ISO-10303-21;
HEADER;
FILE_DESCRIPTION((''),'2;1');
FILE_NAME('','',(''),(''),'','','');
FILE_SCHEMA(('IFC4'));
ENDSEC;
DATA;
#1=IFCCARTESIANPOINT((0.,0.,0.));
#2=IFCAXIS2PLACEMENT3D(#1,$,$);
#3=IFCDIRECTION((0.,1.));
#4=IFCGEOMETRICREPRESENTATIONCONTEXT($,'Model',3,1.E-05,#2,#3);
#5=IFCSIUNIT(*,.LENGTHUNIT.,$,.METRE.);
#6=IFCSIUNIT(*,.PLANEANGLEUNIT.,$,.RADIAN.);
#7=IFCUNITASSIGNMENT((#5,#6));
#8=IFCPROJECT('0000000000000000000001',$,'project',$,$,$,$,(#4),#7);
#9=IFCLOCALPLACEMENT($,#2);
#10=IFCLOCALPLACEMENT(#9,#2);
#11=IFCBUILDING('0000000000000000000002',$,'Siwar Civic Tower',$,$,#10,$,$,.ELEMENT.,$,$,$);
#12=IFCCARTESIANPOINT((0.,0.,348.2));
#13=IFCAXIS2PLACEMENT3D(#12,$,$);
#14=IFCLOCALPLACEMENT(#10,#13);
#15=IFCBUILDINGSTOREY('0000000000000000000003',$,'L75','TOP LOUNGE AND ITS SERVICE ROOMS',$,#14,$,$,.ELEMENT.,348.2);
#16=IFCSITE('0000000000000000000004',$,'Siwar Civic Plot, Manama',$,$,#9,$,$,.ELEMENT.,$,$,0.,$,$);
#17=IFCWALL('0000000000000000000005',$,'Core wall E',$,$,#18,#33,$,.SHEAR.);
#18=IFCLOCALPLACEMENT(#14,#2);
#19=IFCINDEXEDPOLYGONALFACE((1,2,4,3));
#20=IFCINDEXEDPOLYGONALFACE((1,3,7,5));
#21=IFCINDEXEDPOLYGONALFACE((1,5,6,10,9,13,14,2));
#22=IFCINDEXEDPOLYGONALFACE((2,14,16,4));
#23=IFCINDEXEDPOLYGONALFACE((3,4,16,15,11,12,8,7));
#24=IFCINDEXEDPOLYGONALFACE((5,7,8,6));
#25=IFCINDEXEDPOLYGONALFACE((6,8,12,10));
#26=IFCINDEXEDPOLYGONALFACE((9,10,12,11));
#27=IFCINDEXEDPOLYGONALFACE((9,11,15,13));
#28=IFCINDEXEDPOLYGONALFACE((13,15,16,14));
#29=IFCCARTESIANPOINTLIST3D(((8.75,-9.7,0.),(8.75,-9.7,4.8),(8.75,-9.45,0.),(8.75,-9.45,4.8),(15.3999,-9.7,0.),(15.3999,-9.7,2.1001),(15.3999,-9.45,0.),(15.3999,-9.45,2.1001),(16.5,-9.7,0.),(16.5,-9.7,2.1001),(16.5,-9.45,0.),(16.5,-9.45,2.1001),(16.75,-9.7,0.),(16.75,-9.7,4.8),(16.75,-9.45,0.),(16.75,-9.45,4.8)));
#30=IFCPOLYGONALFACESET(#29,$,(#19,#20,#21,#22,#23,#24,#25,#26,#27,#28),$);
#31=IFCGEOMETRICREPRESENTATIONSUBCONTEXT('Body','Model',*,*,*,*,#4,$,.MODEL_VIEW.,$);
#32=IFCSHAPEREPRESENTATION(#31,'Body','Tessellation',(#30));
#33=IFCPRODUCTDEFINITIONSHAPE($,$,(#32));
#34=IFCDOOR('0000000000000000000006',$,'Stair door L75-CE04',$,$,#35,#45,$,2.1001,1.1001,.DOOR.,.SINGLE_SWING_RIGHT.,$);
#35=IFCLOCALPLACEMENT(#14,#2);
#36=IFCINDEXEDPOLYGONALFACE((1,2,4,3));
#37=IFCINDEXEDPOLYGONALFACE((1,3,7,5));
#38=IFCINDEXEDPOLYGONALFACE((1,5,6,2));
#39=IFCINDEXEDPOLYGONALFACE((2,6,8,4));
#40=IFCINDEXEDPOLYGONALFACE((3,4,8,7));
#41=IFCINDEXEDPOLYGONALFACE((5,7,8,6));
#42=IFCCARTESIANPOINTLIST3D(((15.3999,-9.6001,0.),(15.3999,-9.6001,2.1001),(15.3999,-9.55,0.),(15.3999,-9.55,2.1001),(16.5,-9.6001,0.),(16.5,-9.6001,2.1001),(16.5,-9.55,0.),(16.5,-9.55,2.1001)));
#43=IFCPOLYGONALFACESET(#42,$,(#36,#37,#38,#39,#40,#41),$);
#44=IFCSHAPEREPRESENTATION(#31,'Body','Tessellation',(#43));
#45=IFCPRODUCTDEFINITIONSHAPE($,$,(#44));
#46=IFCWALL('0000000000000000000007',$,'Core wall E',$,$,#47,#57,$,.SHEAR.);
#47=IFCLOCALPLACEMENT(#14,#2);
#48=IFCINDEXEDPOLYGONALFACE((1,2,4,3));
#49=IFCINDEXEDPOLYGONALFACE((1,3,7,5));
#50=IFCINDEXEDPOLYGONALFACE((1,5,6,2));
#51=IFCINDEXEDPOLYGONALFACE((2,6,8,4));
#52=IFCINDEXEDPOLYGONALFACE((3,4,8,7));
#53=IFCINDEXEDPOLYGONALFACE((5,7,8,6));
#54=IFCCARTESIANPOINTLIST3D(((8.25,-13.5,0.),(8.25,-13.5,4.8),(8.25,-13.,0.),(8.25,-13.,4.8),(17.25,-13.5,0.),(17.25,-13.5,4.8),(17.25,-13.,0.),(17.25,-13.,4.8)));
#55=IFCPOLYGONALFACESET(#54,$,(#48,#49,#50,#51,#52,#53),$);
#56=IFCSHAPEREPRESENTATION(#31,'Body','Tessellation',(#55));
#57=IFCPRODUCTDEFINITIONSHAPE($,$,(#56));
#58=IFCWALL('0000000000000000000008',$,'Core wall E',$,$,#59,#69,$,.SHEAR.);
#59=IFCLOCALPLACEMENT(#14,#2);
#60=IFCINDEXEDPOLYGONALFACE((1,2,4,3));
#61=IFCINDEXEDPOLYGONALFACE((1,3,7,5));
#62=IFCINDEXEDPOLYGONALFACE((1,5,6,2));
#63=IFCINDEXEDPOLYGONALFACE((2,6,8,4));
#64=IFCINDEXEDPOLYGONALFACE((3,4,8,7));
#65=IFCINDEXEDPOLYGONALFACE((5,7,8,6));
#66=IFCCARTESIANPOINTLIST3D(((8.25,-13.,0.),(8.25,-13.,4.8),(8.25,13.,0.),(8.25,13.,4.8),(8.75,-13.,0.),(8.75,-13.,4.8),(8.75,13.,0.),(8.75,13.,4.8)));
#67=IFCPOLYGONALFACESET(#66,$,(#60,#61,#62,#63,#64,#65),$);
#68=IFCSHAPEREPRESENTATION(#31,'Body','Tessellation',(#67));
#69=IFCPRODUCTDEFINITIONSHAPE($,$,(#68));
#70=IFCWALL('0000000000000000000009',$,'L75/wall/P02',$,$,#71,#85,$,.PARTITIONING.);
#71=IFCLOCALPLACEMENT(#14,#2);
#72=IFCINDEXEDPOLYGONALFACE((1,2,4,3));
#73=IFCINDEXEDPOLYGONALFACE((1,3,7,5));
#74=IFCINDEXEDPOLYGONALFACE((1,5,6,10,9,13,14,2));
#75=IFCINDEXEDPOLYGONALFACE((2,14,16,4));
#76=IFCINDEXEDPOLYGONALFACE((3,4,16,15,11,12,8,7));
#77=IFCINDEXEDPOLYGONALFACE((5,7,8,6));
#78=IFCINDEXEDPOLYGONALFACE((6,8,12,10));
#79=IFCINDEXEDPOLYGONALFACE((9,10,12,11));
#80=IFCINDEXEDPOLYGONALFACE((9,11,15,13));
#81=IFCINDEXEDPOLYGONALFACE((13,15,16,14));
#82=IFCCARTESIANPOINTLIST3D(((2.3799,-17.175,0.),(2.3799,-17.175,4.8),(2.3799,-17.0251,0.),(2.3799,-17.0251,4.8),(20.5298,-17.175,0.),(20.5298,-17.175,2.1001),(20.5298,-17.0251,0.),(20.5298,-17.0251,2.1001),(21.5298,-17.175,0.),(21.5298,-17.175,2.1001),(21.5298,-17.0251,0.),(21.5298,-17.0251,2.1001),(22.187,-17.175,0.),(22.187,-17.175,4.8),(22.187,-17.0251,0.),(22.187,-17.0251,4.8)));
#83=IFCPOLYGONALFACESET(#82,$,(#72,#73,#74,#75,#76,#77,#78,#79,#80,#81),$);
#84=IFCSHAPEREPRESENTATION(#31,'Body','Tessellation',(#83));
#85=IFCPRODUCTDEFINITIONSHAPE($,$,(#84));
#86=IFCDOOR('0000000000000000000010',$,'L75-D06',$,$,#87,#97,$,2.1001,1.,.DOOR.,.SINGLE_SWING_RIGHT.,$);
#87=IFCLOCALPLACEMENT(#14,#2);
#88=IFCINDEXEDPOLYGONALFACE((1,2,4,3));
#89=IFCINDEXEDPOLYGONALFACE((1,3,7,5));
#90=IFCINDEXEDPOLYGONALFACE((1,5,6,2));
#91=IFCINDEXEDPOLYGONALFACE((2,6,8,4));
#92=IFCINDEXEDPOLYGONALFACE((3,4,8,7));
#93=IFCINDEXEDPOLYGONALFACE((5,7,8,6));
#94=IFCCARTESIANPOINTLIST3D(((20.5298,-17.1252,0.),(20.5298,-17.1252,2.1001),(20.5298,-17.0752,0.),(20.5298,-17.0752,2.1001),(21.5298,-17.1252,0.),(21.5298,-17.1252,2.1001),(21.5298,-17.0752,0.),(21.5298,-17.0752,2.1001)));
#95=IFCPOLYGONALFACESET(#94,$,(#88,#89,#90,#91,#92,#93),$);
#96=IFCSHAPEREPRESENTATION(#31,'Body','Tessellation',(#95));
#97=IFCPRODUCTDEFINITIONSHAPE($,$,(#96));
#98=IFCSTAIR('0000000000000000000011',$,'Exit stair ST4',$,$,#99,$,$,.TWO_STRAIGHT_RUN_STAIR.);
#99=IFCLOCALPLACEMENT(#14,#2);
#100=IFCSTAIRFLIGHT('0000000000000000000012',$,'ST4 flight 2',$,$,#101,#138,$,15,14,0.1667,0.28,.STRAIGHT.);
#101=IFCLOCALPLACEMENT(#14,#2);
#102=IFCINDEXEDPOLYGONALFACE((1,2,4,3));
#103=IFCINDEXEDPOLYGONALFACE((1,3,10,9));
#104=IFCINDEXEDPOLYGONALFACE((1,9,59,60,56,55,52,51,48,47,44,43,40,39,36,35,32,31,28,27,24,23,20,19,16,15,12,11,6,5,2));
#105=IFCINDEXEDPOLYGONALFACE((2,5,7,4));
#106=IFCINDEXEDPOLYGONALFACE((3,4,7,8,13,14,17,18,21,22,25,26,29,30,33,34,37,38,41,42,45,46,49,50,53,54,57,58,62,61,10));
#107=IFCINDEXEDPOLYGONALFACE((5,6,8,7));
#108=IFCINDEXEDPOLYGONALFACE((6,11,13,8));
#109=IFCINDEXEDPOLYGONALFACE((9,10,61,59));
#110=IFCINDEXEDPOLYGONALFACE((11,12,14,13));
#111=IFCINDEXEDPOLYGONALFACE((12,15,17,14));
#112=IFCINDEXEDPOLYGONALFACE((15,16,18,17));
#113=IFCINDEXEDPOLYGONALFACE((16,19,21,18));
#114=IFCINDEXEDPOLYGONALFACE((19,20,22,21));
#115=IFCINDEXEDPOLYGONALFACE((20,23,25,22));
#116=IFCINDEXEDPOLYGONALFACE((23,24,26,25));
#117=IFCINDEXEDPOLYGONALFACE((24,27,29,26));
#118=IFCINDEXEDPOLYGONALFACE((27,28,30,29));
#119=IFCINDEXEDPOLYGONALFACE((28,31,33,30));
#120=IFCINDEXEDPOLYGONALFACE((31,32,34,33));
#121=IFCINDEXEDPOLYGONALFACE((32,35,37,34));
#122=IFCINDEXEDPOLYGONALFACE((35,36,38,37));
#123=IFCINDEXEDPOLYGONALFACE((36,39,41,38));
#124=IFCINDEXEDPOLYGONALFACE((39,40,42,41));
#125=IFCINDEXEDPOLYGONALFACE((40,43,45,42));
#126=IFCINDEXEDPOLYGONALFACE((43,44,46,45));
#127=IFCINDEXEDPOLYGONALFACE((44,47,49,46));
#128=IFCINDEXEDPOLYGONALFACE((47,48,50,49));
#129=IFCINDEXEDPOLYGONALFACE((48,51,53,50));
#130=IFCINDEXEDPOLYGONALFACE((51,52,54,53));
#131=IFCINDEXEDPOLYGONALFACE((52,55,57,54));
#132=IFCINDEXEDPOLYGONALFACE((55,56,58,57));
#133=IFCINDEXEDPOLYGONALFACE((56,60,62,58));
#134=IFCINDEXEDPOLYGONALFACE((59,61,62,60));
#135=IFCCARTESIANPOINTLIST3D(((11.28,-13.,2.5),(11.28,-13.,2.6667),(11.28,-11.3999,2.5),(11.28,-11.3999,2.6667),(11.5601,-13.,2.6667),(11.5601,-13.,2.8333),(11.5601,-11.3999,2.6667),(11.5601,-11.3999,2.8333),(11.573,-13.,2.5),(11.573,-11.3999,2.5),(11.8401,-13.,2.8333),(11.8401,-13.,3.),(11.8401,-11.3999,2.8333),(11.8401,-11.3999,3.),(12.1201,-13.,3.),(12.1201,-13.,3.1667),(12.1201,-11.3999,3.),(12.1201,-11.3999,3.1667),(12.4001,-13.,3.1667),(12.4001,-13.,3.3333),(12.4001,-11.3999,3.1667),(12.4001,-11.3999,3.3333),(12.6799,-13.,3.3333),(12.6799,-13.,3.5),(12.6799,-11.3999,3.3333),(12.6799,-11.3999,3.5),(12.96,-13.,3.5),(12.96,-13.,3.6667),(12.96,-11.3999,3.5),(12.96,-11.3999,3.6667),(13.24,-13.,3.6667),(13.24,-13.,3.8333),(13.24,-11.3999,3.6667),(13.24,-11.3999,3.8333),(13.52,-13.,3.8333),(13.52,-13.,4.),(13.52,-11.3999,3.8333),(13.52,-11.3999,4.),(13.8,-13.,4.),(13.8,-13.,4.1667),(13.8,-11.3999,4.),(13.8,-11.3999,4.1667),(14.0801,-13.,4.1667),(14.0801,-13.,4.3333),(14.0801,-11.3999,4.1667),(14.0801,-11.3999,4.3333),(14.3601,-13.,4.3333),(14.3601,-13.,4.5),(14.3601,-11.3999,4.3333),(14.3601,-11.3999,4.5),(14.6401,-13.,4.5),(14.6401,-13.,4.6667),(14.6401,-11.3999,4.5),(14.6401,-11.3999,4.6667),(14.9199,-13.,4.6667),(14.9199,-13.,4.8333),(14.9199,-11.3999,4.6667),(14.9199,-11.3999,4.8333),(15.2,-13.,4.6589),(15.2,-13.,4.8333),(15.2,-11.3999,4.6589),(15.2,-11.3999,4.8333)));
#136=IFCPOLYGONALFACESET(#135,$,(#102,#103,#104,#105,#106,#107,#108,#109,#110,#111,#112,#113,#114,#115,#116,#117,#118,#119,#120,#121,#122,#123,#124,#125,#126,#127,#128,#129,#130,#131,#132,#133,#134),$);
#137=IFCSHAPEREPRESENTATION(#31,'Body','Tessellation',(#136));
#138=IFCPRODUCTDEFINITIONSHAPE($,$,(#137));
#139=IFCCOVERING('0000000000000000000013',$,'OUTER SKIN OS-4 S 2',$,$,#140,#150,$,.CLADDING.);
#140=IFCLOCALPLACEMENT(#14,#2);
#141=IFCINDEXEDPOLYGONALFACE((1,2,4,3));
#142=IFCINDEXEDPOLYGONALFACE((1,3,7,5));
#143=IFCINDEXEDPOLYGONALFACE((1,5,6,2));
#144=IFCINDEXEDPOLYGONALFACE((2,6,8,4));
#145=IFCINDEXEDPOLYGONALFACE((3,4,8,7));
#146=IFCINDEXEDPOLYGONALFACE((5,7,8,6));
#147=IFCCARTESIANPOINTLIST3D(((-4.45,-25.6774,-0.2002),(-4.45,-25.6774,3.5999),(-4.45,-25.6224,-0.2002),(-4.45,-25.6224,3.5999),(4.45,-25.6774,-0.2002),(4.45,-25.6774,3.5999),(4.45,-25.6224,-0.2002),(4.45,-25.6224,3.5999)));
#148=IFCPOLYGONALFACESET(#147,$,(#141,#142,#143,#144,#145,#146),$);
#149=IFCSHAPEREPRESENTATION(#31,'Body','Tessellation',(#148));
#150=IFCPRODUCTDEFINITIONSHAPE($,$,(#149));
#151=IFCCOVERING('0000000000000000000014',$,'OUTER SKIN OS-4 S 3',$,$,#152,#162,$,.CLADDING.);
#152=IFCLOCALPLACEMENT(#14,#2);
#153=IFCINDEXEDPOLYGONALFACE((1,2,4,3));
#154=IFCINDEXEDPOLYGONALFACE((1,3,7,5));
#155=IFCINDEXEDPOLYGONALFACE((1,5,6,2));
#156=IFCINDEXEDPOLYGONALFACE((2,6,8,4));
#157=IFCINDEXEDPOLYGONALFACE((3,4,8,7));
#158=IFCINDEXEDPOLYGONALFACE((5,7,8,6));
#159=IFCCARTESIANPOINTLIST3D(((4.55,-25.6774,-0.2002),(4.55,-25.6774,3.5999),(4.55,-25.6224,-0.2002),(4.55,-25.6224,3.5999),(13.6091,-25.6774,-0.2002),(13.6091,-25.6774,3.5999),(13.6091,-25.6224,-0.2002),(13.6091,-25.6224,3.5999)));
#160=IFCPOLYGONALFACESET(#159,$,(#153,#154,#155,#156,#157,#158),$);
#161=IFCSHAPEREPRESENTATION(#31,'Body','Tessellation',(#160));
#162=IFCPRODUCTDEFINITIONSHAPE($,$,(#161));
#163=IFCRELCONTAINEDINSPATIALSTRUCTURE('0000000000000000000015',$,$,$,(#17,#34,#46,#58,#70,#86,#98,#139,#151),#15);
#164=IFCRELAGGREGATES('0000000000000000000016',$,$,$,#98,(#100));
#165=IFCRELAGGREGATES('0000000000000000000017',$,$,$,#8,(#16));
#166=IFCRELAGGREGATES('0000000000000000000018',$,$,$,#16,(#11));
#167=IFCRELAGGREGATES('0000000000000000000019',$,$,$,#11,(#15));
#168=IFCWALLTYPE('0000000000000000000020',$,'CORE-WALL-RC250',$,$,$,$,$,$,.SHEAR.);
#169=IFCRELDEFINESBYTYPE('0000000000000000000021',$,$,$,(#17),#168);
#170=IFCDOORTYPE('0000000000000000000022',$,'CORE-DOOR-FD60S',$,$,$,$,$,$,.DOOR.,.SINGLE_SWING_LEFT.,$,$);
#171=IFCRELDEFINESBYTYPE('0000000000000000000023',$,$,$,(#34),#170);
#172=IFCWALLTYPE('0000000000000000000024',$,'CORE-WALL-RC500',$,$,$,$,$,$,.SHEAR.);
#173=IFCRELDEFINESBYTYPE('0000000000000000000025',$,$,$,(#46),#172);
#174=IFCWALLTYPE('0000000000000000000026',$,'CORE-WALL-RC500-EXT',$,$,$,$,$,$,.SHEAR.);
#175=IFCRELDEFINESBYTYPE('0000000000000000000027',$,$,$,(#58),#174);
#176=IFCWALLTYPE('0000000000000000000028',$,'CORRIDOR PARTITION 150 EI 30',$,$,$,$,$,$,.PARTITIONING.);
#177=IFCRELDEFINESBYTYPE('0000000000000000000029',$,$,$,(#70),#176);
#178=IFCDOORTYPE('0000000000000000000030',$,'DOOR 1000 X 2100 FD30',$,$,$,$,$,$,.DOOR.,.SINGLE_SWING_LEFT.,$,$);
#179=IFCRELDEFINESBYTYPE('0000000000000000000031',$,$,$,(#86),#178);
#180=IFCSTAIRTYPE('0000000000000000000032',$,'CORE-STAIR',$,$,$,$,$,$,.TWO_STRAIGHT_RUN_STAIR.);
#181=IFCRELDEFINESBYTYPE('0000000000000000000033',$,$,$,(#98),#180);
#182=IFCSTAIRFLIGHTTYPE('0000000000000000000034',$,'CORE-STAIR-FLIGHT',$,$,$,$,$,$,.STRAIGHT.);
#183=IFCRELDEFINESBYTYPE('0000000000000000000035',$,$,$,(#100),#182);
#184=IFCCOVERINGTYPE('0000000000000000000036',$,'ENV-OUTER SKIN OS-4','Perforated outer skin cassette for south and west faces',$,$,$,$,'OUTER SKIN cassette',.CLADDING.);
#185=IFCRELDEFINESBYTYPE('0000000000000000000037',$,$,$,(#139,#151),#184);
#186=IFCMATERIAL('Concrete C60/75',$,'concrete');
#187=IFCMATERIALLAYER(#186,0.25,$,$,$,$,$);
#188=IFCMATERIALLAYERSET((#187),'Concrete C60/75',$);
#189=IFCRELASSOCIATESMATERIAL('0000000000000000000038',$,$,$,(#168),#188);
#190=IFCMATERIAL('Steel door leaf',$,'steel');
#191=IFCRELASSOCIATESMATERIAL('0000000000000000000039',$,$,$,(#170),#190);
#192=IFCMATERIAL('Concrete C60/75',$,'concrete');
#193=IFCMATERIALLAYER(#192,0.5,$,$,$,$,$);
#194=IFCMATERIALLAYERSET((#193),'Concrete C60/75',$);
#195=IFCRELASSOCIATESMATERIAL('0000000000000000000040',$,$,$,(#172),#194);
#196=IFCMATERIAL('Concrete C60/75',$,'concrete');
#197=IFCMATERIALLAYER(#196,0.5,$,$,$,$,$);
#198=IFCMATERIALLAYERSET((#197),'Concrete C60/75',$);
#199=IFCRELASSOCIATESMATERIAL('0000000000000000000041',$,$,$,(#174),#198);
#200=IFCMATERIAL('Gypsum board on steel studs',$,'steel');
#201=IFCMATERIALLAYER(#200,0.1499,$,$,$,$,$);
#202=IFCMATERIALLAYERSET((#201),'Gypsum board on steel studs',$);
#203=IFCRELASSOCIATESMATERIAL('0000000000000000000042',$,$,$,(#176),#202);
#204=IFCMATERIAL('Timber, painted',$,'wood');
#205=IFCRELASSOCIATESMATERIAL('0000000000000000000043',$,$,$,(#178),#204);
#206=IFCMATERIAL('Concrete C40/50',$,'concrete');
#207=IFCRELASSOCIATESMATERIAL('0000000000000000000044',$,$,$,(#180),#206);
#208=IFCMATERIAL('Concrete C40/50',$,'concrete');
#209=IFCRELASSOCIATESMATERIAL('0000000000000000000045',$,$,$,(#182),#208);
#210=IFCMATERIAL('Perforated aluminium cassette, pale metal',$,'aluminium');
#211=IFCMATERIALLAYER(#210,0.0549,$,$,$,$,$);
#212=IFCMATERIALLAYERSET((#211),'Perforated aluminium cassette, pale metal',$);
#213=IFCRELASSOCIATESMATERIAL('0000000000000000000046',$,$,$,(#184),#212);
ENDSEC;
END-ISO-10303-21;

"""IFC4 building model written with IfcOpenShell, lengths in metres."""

from ifc_helpers import new_model, si_unit, direction, frame, frame_2d, origin, origin_2d, place, context, subcontext, project, spatial, polyline, rectangle, outline, extrude, material, layer, layer_set, type_object, element, fill, aggregate, save


model = new_model("IFC4")

# Units and contexts
model_context = context("Model", 3, precision=1e-05, world=origin(), true_north=direction((0.0, 1.0)))
body_context = subcontext(model_context, "Body", "Model", "MODEL_VIEW")
ifc_project = project(units=[si_unit("LENGTHUNIT", "METRE"), si_unit("PLANEANGLEUNIT", "RADIAN")], contexts=[model_context])

# Site, building, storey
site_placement = place(None, origin())
site = spatial("IfcSite", under=ifc_project, at=site_placement, Name="Siwar Civic Plot, Manama", CompositionType="ELEMENT", RefElevation=0.0)
building_placement = place(site_placement, origin())
building = spatial("IfcBuilding", under=site, at=building_placement, Name="Siwar Civic Tower", CompositionType="ELEMENT")
storey_placement = place(building_placement, frame((0.0, 0.0, 348.2)))
storey = spatial("IfcBuildingStorey", under=building, at=storey_placement, Name="L75", Description="TOP LOUNGE AND ITS SERVICE ROOMS", CompositionType="ELEMENT", Elevation=348.2)

# Wall, opening, door
ifc_material_1 = material(Name="Concrete C60/75", Category="concrete")
ifc_layer_1 = layer(ifc_material_1, 0.25)
ifc_layer_set_1 = layer_set([ifc_layer_1], Name="Concrete C60/75")
wall_type_1 = type_object("IfcWallType", Name="CORE-WALL-RC250", PredefinedType="SHEAR", material=ifc_layer_set_1)
wall_1_placement = place(storey_placement, frame((8.75, -9.575, 0.0), z_axis=(0.0, 0.0, 1.0), x_axis=(1.0, 0.0, 0.0)))
wall_1 = element("IfcWall", 1, at=wall_1_placement, inside=storey, type_object=wall_type_1, Name="Core wall E", PredefinedType="SHEAR", context=body_context, shape_type="SweptSolid", body=[
    extrude(rectangle(XDim=8.0, YDim=0.25, at=frame_2d((4.0, 0.0))), origin(), (0.0, 0.0, 1.0), 4.8),
])
opening_1_placement = place(wall_1_placement, frame((6.6499, 0.0, 0.0)))
opening_1 = element("IfcOpeningElement", 2, at=opening_1_placement, cuts=wall_1, PredefinedType="OPENING", context=body_context, shape_type="SweptSolid", body=[
    extrude(rectangle(XDim=1.1001, YDim=2.1001, at=frame_2d((0.55, 1.05))), frame((0.0, 0.135, 0.0), z_axis=(0.0, -1.0, 0.0), x_axis=(1.0, 0.0, 0.0)), (0.0, 0.0, 1.0), 0.27),
])
ifc_material_2 = material(Name="Steel door leaf", Category="steel")
door_type_1 = type_object("IfcDoorType", Name="CORE-DOOR-FD60S", OperationType="SINGLE_SWING_LEFT", PredefinedType="DOOR", material=ifc_material_2)
door_1_placement = place(opening_1_placement, origin())
door_1 = element("IfcDoor", 3, at=door_1_placement, inside=storey, type_object=door_type_1, Name="Stair door L75-CE04", OperationType="SINGLE_SWING_RIGHT", OverallHeight=2.1001, OverallWidth=1.1001, PredefinedType="DOOR", context=body_context, shape_type="SweptSolid", body=[
    extrude(rectangle(XDim=1.1001, YDim=2.1001, at=frame_2d((0.55, 1.05))), frame((0.0, 0.0249, 0.0), z_axis=(0.0, -1.0, 0.0), x_axis=(1.0, 0.0, 0.0)), (0.0, 0.0, 1.0), 0.05),
])
fill(opening_1, door_1)

# Walls
ifc_material_3 = material(Name="Concrete C60/75", Category="concrete")
ifc_layer_2 = layer(ifc_material_3, 0.5)
ifc_layer_set_2 = layer_set([ifc_layer_2], Name="Concrete C60/75")
wall_type_2 = type_object("IfcWallType", Name="CORE-WALL-RC500", PredefinedType="SHEAR", material=ifc_layer_set_2)
wall_2_placement = place(storey_placement, frame((8.25, -13.25, 0.0), z_axis=(0.0, 0.0, 1.0), x_axis=(1.0, 0.0, 0.0)))
element("IfcWall", 4, at=wall_2_placement, inside=storey, type_object=wall_type_2, Name="Core wall E", PredefinedType="SHEAR", context=body_context, shape_type="SweptSolid", body=[
    extrude(rectangle(XDim=9.0, YDim=0.5, at=frame_2d((4.5, 0.0))), origin(), (0.0, 0.0, 1.0), 4.8),
])
ifc_material_4 = material(Name="Concrete C60/75", Category="concrete")
ifc_layer_3 = layer(ifc_material_4, 0.5)
ifc_layer_set_3 = layer_set([ifc_layer_3], Name="Concrete C60/75")
wall_type_3 = type_object("IfcWallType", Name="CORE-WALL-RC500-EXT", PredefinedType="SHEAR", material=ifc_layer_set_3)
wall_3_placement = place(storey_placement, frame((8.5, -13.0, 0.0), z_axis=(0.0, 0.0, 1.0), x_axis=(0.0, 1.0, 0.0)))
element("IfcWall", 5, at=wall_3_placement, inside=storey, type_object=wall_type_3, Name="Core wall E", PredefinedType="SHEAR", context=body_context, shape_type="SweptSolid", body=[
    extrude(rectangle(XDim=26.0, YDim=0.5, at=frame_2d((13.0, 0.0))), origin(), (0.0, 0.0, 1.0), 4.8),
])

# Wall, opening, door
ifc_material_5 = material(Name="Gypsum board on steel studs", Category="steel")
ifc_layer_4 = layer(ifc_material_5, 0.1499)
ifc_layer_set_4 = layer_set([ifc_layer_4], Name="Gypsum board on steel studs")
wall_type_4 = type_object("IfcWallType", Name="CORRIDOR PARTITION 150 EI 30", PredefinedType="PARTITIONING", material=ifc_layer_set_4)
wall_4_placement = place(storey_placement, frame((2.3799, -17.1001, 0.0), z_axis=(0.0, 0.0, 1.0), x_axis=(1.0, 0.0, 0.0)))
wall_4 = element("IfcWall", 6, at=wall_4_placement, inside=storey, type_object=wall_type_4, Name="L75/wall/P02", PredefinedType="PARTITIONING", context=body_context, shape_type="SweptSolid", body=[
    extrude(rectangle(XDim=19.8071, YDim=0.1499, at=frame_2d((9.9036, 0.0))), origin(), (0.0, 0.0, 1.0), 4.8),
])
opening_2_placement = place(wall_4_placement, frame((18.1499, 0.0, 0.0)))
opening_2 = element("IfcOpeningElement", 7, at=opening_2_placement, cuts=wall_4, PredefinedType="OPENING", context=body_context, shape_type="SweptSolid", body=[
    extrude(rectangle(XDim=1.0, YDim=2.1001, at=frame_2d((0.5, 1.05))), frame((0.0, 0.085, 0.0), z_axis=(0.0, -1.0, 0.0), x_axis=(1.0, 0.0, 0.0)), (0.0, 0.0, 1.0), 0.1699),
])
ifc_material_6 = material(Name="Timber, painted", Category="wood")
door_type_2 = type_object("IfcDoorType", Name="DOOR 1000 X 2100 FD30", OperationType="SINGLE_SWING_LEFT", PredefinedType="DOOR", material=ifc_material_6)
door_2_placement = place(opening_2_placement, origin())
door_2 = element("IfcDoor", 8, at=door_2_placement, inside=storey, type_object=door_type_2, Name="L75-D06", OperationType="SINGLE_SWING_RIGHT", OverallHeight=2.1001, OverallWidth=1.0, PredefinedType="DOOR", context=body_context, shape_type="SweptSolid", body=[
    extrude(rectangle(XDim=1.0, YDim=2.1001, at=frame_2d((0.5, 1.05))), frame((0.0, 0.0249, 0.0), z_axis=(0.0, -1.0, 0.0), x_axis=(1.0, 0.0, 0.0)), (0.0, 0.0, 1.0), 0.05),
])
fill(opening_2, door_2)

# Stair, stair flight
ifc_material_7 = material(Name="Concrete C40/50", Category="concrete")
stair_type = type_object("IfcStairType", Name="CORE-STAIR", PredefinedType="TWO_STRAIGHT_RUN_STAIR", material=ifc_material_7)
stair_placement = place(storey_placement, origin())
stair = element("IfcStair", 9, at=stair_placement, inside=storey, type_object=stair_type, Name="Exit stair ST4", PredefinedType="TWO_STRAIGHT_RUN_STAIR")
ifc_material_8 = material(Name="Concrete C40/50", Category="concrete")
stair_flight_type = type_object("IfcStairFlightType", Name="CORE-STAIR-FLIGHT", PredefinedType="STRAIGHT", material=ifc_material_8)
stair_flight_placement = place(storey_placement, frame((11.28, -12.2, 2.5), z_axis=(0.0, 0.0, 1.0), x_axis=(1.0, 0.0, 0.0)))
stair_flight = element("IfcStairFlight", 10, at=stair_flight_placement, type_object=stair_flight_type, Name="ST4 flight 2", NumberOfRisers=15, NumberOfTreads=14, PredefinedType="STRAIGHT", RiserHeight=0.1667, TreadLength=0.28, context=body_context, shape_type="SweptSolid", body=[
    extrude(outline(polyline([(0.0, 0.0), (0.0, 0.1667), (0.28, 0.1667), (0.28, 0.3333), (0.5601, 0.3333), (0.5601, 0.5), (0.8401, 0.5), (0.8401, 0.6667), (1.1201, 0.6667), (1.1201, 0.8333), (1.3999, 0.8333), (1.3999, 1.0), (1.6799, 1.0), (1.6799, 1.1667), (1.96, 1.1667), (1.96, 1.3333), (2.24, 1.3333), (2.24, 1.5), (2.52, 1.5), (2.52, 1.6667), (2.8, 1.6667), (2.8, 1.8333), (3.0801, 1.8333), (3.0801, 2.0), (3.3601, 2.0), (3.3601, 2.1667), (3.6399, 2.1667), (3.6399, 2.3333), (3.9199, 2.3333), (3.9199, 2.5), (3.9199, 2.1589), (0.293, 0.0), (0.0, 0.0)])), frame((0.0, 0.8, 0.0), z_axis=(0.0, -1.0, 0.0), x_axis=(1.0, 0.0, 0.0)), (0.0, 0.0, 1.0), 1.6001),
])
aggregate(stair, [stair_flight])

# Coverings
ifc_material_9 = material(Name="Perforated aluminium cassette, pale metal", Category="aluminium")
ifc_layer_5 = layer(ifc_material_9, 0.0549)
ifc_layer_set_5 = layer_set([ifc_layer_5], Name="Perforated aluminium cassette, pale metal")
covering_type = type_object("IfcCoveringType", Name="ENV-OUTER SKIN OS-4", Description="Perforated outer skin cassette for south and west faces", ElementType="OUTER SKIN cassette", PredefinedType="CLADDING", material=ifc_layer_set_5)
covering_1_placement = place(storey_placement, frame((0.0, -25.6499, -0.2002), z_axis=(0.0, 0.0, 1.0), x_axis=(1.0, 0.0, 0.0)))
element("IfcCovering", 11, at=covering_1_placement, inside=storey, type_object=covering_type, Name="OUTER SKIN OS-4 S 2", PredefinedType="CLADDING", context=body_context, shape_type="SweptSolid", body=[
    extrude(rectangle(XDim=8.8999, YDim=0.0549, at=origin_2d()), origin(), (0.0, 0.0, 1.0), 3.8),
])
covering_2_placement = place(storey_placement, frame((9.0796, -25.6499, -0.2002), z_axis=(0.0, 0.0, 1.0), x_axis=(1.0, 0.0, 0.0)))
element("IfcCovering", 12, at=covering_2_placement, inside=storey, type_object=covering_type, Name="OUTER SKIN OS-4 S 3", PredefinedType="CLADDING", context=body_context, shape_type="SweptSolid", body=[
    extrude(rectangle(XDim=9.0591, YDim=0.0549, at=origin_2d()), origin(), (0.0, 0.0, 1.0), 3.8),
])

save(model, "model.ifc")
